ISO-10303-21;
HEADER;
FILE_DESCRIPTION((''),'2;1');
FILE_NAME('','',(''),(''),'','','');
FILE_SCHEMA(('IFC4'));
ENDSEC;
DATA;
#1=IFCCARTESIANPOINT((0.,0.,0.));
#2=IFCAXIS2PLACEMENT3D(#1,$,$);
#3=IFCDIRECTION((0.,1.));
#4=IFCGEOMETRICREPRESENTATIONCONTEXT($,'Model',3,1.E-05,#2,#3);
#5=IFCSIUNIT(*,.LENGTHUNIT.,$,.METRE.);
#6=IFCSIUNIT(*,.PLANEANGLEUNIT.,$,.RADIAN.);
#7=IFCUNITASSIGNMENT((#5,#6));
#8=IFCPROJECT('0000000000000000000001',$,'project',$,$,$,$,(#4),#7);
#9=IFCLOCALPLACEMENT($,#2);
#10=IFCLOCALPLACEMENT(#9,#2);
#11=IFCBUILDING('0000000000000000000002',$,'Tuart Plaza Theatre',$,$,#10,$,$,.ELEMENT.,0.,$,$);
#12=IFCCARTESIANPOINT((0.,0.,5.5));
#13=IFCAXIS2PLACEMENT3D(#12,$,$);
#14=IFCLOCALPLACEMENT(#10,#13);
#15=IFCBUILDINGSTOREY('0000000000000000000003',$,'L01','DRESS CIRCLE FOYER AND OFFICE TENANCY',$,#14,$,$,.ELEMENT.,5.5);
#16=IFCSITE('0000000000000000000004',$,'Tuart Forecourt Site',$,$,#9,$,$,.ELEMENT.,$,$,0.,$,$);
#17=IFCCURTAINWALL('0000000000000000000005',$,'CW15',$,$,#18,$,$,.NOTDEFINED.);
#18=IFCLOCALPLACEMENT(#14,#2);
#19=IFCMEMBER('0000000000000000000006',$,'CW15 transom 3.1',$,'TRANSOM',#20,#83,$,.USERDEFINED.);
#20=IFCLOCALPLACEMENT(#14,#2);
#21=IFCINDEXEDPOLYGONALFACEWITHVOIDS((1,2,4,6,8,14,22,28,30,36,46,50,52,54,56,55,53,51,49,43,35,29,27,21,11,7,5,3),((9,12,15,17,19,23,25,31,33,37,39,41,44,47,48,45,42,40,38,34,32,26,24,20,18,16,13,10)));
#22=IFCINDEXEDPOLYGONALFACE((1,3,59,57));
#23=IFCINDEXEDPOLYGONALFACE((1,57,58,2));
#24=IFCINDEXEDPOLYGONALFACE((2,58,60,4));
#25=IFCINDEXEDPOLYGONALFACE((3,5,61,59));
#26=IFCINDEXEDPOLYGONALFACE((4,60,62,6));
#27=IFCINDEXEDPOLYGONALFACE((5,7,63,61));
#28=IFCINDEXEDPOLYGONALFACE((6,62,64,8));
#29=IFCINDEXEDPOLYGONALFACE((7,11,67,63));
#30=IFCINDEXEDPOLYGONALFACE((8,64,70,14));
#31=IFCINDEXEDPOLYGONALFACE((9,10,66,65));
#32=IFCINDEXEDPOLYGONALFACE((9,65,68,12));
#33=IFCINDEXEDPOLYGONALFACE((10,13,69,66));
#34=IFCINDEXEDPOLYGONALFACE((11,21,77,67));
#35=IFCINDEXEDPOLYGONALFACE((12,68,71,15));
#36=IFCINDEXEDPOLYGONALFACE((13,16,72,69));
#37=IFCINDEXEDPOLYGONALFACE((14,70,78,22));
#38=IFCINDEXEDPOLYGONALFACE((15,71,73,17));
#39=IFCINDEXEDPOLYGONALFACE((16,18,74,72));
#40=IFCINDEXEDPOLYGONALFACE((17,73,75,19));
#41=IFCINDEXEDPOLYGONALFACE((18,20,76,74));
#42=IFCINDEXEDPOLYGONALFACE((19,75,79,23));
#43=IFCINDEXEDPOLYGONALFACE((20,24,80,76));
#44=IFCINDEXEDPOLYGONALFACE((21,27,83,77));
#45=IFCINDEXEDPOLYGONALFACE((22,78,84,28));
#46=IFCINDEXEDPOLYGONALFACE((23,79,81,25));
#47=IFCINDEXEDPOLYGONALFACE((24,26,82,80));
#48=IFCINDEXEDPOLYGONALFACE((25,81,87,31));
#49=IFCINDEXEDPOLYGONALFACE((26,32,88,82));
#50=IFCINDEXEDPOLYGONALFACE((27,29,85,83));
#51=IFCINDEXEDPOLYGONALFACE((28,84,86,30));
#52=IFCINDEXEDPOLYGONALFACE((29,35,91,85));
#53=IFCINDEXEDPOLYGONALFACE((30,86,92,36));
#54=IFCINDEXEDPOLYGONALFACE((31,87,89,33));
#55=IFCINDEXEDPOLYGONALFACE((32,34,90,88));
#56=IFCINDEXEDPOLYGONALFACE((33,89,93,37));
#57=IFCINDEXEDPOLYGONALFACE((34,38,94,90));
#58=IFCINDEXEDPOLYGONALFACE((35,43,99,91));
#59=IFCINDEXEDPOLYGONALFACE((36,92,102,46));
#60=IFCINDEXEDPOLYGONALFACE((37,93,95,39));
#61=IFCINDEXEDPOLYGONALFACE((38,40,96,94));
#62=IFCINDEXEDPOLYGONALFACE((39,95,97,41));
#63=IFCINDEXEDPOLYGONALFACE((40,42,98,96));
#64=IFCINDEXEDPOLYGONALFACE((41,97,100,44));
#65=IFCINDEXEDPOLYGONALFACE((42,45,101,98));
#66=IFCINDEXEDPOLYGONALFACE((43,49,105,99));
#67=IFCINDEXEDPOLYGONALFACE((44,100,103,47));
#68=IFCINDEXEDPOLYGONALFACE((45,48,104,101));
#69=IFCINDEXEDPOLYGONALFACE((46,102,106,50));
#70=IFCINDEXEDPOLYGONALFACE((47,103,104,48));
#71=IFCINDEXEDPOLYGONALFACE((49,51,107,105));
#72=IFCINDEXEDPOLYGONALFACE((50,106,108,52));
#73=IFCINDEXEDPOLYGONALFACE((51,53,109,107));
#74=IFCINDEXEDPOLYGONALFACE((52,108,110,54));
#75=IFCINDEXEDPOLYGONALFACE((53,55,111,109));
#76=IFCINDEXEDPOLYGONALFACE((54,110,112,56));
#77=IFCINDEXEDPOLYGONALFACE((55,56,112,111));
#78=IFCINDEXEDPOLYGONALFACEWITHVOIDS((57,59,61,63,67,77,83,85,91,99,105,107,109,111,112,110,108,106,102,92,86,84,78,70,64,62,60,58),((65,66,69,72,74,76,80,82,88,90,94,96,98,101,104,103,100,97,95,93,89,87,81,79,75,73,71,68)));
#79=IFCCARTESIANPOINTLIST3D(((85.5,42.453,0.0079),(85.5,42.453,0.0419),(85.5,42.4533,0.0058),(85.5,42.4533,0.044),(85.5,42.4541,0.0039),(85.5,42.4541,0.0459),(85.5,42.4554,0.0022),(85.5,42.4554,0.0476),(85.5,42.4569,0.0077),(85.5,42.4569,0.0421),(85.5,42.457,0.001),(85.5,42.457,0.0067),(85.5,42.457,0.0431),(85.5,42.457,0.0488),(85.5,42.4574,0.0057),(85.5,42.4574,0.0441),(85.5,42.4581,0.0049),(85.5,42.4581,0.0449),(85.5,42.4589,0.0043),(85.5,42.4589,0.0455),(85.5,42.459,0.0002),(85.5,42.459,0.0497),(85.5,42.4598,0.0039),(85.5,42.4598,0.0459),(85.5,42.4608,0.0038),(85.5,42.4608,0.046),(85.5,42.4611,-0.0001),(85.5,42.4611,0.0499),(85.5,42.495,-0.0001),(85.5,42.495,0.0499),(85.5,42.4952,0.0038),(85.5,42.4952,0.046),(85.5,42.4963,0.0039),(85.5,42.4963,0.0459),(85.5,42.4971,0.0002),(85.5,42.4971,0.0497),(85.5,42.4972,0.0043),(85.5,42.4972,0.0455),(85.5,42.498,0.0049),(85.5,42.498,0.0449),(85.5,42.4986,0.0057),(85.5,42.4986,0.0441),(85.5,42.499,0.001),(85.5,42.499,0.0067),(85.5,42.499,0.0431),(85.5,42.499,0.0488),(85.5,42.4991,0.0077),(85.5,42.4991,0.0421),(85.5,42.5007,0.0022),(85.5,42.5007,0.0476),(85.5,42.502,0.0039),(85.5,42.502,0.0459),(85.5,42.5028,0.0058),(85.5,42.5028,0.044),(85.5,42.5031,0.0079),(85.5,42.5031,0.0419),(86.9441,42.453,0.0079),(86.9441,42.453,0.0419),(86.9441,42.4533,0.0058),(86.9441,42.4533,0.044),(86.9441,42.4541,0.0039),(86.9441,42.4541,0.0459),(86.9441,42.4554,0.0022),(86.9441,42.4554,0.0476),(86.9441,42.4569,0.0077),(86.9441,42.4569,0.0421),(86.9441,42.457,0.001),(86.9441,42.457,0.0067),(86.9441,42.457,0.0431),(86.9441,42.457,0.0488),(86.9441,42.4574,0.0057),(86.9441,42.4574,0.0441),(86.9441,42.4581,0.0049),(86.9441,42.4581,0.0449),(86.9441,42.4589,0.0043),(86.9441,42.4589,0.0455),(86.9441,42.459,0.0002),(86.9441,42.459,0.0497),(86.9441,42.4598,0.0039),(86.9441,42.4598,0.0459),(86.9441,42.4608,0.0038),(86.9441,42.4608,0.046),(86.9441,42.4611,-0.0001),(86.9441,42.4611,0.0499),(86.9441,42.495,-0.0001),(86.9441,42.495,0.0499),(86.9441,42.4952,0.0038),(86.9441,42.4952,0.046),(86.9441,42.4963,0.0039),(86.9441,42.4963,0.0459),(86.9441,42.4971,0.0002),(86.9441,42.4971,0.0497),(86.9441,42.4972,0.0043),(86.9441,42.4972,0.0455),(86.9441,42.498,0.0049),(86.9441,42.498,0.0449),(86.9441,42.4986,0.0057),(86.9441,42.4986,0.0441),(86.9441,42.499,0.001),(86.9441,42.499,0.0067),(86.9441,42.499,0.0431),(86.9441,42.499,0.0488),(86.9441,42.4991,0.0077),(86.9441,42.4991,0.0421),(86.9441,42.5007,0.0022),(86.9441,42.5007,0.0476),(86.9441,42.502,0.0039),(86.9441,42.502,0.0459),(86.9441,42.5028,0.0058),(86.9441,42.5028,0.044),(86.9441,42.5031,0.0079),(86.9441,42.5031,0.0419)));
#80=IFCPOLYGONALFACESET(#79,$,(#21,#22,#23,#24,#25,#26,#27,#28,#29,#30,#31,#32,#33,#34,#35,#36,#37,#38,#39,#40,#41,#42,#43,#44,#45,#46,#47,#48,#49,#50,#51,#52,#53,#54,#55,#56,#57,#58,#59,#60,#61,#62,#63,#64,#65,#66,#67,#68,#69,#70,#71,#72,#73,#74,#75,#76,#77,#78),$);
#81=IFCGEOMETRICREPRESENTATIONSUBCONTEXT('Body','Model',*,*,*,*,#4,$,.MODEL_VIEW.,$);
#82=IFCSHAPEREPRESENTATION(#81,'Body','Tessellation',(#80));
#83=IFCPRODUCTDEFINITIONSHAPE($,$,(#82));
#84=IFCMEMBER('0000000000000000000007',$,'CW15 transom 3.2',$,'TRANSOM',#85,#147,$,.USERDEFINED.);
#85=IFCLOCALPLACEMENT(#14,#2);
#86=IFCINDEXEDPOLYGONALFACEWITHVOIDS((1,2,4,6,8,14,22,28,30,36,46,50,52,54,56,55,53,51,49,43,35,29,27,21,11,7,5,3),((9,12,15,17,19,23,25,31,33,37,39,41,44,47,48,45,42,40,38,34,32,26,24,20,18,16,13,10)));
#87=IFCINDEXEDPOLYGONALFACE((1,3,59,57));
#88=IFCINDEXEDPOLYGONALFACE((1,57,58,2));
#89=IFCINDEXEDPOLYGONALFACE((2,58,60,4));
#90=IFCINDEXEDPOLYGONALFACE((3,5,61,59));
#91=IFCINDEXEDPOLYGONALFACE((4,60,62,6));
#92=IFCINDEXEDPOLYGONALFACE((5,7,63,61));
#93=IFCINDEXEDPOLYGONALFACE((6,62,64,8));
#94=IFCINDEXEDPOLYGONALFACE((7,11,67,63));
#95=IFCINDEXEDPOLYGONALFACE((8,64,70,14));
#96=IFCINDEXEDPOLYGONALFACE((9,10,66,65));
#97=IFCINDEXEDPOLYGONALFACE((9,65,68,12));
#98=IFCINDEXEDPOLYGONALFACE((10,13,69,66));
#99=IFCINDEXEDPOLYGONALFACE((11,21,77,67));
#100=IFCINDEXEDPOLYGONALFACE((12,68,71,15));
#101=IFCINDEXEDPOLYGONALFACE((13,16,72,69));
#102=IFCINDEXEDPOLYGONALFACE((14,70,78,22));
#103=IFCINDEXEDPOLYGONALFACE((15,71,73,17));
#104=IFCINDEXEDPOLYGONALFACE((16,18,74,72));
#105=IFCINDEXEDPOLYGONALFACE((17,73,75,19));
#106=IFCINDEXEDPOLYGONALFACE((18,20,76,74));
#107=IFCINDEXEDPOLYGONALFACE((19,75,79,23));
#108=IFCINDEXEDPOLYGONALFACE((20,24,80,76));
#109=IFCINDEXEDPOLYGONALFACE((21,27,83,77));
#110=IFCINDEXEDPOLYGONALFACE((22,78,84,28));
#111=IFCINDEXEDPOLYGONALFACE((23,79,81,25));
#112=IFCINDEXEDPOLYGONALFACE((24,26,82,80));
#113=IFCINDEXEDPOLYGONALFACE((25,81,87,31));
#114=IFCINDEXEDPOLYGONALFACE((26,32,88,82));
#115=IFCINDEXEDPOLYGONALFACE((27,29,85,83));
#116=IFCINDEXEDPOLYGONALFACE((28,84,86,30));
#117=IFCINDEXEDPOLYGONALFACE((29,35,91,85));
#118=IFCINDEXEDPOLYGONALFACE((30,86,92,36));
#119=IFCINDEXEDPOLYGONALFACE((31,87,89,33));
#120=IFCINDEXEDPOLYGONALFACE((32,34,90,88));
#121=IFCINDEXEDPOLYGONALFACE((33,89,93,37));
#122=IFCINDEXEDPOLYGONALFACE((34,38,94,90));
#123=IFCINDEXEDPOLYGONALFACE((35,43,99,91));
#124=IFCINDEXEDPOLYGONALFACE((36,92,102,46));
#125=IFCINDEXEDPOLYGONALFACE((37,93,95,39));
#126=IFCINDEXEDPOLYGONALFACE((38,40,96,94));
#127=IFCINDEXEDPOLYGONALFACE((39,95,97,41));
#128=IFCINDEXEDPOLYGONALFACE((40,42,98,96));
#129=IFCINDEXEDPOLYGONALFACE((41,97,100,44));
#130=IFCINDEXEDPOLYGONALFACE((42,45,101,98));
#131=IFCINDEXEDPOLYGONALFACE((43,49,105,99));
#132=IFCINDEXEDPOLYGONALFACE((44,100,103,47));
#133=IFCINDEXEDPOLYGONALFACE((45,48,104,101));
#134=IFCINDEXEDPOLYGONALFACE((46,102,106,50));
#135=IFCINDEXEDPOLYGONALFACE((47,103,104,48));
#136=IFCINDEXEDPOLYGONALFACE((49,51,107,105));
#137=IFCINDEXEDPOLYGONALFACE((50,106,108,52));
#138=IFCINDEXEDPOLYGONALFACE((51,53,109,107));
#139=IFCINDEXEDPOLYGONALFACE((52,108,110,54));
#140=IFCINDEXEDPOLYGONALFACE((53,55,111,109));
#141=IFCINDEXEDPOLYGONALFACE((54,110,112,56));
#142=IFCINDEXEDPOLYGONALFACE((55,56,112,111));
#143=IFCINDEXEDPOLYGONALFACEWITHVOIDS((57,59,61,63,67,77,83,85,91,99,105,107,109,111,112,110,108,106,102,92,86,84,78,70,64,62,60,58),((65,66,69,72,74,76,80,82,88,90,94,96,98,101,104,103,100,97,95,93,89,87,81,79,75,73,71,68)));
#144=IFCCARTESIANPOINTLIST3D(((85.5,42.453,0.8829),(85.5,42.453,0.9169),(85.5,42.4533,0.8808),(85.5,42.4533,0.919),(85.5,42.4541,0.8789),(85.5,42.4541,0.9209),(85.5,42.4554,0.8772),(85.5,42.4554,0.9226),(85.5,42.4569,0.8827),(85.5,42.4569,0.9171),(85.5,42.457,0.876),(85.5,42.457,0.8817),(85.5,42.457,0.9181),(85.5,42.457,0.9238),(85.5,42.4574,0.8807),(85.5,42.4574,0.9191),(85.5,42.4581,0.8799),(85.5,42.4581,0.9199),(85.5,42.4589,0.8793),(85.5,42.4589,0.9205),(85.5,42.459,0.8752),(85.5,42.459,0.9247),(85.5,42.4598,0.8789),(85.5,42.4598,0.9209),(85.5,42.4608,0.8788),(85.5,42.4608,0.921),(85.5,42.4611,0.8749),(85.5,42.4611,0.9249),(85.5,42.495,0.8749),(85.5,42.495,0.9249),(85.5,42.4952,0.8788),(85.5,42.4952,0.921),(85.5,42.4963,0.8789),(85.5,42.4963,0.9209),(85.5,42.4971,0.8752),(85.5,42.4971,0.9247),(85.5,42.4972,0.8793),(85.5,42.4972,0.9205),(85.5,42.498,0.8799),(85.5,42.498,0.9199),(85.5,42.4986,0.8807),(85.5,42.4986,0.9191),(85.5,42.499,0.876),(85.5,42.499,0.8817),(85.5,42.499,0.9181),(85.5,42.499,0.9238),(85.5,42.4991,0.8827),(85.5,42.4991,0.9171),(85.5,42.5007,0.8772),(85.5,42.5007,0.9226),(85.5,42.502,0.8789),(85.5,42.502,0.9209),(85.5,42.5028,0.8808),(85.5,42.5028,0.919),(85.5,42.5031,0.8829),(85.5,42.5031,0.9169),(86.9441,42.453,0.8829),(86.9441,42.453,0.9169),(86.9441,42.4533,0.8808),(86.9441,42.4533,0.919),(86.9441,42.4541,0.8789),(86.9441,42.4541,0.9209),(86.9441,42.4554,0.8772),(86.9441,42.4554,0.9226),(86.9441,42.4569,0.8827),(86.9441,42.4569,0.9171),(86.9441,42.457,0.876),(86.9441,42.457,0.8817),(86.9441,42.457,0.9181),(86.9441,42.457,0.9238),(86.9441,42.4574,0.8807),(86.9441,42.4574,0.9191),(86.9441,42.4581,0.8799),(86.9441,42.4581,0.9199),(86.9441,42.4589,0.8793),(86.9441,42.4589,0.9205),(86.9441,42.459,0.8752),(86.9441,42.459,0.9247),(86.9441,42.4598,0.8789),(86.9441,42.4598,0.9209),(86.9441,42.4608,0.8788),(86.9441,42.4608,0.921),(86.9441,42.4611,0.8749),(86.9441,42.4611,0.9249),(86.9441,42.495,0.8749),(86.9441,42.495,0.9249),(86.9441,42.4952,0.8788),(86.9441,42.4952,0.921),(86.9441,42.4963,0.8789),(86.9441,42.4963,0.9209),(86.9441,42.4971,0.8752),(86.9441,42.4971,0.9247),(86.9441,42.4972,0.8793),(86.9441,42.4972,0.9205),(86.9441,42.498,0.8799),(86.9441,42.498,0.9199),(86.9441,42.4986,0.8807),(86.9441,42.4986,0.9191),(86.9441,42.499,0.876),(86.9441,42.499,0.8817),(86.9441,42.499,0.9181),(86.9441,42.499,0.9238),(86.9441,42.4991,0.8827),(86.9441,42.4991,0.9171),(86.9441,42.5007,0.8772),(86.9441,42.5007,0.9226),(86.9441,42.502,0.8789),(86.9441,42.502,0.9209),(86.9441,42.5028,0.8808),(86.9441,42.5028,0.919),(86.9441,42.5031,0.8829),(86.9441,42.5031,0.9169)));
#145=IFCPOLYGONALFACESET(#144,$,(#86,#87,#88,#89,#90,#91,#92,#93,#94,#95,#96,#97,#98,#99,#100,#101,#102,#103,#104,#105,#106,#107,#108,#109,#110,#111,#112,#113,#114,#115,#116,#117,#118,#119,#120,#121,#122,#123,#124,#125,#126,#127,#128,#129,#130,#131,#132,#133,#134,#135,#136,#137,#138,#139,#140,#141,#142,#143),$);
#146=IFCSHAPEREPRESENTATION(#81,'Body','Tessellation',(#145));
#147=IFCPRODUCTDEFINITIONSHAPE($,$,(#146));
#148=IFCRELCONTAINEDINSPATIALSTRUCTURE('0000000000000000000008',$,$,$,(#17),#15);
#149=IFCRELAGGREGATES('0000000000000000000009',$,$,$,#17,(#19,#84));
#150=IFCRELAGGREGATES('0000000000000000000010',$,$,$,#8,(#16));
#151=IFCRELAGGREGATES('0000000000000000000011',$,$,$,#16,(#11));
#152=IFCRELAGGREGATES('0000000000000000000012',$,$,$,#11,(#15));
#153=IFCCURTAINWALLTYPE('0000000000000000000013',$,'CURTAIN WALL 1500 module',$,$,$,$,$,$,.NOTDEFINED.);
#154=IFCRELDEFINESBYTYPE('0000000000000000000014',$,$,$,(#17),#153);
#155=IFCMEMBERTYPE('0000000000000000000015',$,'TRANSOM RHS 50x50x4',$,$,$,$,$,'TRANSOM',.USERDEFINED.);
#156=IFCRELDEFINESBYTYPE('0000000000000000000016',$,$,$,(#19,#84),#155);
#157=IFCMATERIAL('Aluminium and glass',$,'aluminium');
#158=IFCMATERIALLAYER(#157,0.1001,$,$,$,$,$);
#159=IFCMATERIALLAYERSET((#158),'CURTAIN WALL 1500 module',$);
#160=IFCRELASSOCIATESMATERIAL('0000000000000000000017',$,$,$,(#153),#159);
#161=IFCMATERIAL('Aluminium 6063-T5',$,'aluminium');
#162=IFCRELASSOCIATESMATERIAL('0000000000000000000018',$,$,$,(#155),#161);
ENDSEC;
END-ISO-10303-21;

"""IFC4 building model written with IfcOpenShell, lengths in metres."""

from ifc_helpers import new_model, si_unit, direction, frame, origin, origin_2d, place, context, subcontext, project, spatial, hollow_rectangle, extrude, material, layer, layer_set, material_profile, profile_set, type_object, element, aggregate, save


model = new_model("IFC4")

# Units and contexts
model_context = context("Model", 3, precision=1e-05, world=origin(), true_north=direction((0.0, 1.0)))
body_context = subcontext(model_context, "Body", "Model", "MODEL_VIEW")
ifc_project = project(units=[si_unit("LENGTHUNIT", "METRE"), si_unit("PLANEANGLEUNIT", "RADIAN")], contexts=[model_context])

# Site, building, storey
site_placement = place(None, origin())
site = spatial("IfcSite", under=ifc_project, at=site_placement, Name="Tuart Forecourt Site", CompositionType="ELEMENT", RefElevation=0.0)
building_placement = place(site_placement, origin())
building = spatial("IfcBuilding", under=site, at=building_placement, Name="Tuart Plaza Theatre", CompositionType="ELEMENT", ElevationOfRefHeight=0.0)
storey_placement = place(building_placement, frame((0.0, 0.0, 5.5)))
storey = spatial("IfcBuildingStorey", under=building, at=storey_placement, Name="L01", Description="DRESS CIRCLE FOYER AND OFFICE TENANCY", CompositionType="ELEMENT", Elevation=5.5)

# Curtain wall, members
ifc_material_1 = material(Name="Aluminium and glass", Category="aluminium")
ifc_layer_1 = layer(ifc_material_1, 0.1001)
ifc_layer_set_1 = layer_set([ifc_layer_1], Name="CURTAIN WALL 1500 module")
curtain_wall_type = type_object("IfcCurtainWallType", Name="CURTAIN WALL 1500 module", PredefinedType="NOTDEFINED", material=ifc_layer_set_1)
curtain_wall_placement = place(storey_placement, origin())
curtain_wall = element("IfcCurtainWall", 1, at=curtain_wall_placement, inside=storey, type_object=curtain_wall_type, Name="CW15", PredefinedType="NOTDEFINED")
ifc_material_2 = material(Name="Aluminium 6063-T5", Category="aluminium")
ifc_material_profile_1 = material_profile(ifc_material_2, hollow_rectangle(XDim=0.05, YDim=0.05, WallThickness=0.0039, InnerFilletRadius=0.0039, OuterFilletRadius=0.0081, at=origin_2d()), Name="RHS 50x50x4")
ifc_profile_set_1 = profile_set([ifc_material_profile_1], Name="Aluminium 6063-T5")
member_type_1 = type_object("IfcMemberType", Name="TRANSOM RHS 50x50x4", ElementType="TRANSOM", PredefinedType="USERDEFINED", material=ifc_profile_set_1)
member_1_placement = place(storey_placement, frame((85.5, 42.478, 0.0249), z_axis=(1.0, 0.0, 0.0), x_axis=(0.0, 1.0, 0.0)))
member_1 = element("IfcMember", 2, at=member_1_placement, type_object=member_type_1, Name="CW15 transom 3.1", ObjectType="TRANSOM", PredefinedType="USERDEFINED", context=body_context, shape_type="SweptSolid", body=[
    extrude(hollow_rectangle(XDim=0.05, YDim=0.05, WallThickness=0.0039, InnerFilletRadius=0.0039, OuterFilletRadius=0.0081, at=origin_2d()), origin(), (0.0, 0.0, 1.0), 1.4441),
])
member_2_placement = place(storey_placement, frame((85.5, 42.478, 0.8999), z_axis=(1.0, 0.0, 0.0), x_axis=(0.0, 1.0, 0.0)))
member_2 = element("IfcMember", 3, at=member_2_placement, type_object=member_type_1, Name="CW15 transom 3.2", ObjectType="TRANSOM", PredefinedType="USERDEFINED", context=body_context, shape_type="SweptSolid", body=[
    extrude(hollow_rectangle(XDim=0.05, YDim=0.05, WallThickness=0.0039, InnerFilletRadius=0.0039, OuterFilletRadius=0.0081, at=origin_2d()), origin(), (0.0, 0.0, 1.0), 1.4441),
])
aggregate(curtain_wall, [member_1, member_2])

save(model, "model.ifc")
